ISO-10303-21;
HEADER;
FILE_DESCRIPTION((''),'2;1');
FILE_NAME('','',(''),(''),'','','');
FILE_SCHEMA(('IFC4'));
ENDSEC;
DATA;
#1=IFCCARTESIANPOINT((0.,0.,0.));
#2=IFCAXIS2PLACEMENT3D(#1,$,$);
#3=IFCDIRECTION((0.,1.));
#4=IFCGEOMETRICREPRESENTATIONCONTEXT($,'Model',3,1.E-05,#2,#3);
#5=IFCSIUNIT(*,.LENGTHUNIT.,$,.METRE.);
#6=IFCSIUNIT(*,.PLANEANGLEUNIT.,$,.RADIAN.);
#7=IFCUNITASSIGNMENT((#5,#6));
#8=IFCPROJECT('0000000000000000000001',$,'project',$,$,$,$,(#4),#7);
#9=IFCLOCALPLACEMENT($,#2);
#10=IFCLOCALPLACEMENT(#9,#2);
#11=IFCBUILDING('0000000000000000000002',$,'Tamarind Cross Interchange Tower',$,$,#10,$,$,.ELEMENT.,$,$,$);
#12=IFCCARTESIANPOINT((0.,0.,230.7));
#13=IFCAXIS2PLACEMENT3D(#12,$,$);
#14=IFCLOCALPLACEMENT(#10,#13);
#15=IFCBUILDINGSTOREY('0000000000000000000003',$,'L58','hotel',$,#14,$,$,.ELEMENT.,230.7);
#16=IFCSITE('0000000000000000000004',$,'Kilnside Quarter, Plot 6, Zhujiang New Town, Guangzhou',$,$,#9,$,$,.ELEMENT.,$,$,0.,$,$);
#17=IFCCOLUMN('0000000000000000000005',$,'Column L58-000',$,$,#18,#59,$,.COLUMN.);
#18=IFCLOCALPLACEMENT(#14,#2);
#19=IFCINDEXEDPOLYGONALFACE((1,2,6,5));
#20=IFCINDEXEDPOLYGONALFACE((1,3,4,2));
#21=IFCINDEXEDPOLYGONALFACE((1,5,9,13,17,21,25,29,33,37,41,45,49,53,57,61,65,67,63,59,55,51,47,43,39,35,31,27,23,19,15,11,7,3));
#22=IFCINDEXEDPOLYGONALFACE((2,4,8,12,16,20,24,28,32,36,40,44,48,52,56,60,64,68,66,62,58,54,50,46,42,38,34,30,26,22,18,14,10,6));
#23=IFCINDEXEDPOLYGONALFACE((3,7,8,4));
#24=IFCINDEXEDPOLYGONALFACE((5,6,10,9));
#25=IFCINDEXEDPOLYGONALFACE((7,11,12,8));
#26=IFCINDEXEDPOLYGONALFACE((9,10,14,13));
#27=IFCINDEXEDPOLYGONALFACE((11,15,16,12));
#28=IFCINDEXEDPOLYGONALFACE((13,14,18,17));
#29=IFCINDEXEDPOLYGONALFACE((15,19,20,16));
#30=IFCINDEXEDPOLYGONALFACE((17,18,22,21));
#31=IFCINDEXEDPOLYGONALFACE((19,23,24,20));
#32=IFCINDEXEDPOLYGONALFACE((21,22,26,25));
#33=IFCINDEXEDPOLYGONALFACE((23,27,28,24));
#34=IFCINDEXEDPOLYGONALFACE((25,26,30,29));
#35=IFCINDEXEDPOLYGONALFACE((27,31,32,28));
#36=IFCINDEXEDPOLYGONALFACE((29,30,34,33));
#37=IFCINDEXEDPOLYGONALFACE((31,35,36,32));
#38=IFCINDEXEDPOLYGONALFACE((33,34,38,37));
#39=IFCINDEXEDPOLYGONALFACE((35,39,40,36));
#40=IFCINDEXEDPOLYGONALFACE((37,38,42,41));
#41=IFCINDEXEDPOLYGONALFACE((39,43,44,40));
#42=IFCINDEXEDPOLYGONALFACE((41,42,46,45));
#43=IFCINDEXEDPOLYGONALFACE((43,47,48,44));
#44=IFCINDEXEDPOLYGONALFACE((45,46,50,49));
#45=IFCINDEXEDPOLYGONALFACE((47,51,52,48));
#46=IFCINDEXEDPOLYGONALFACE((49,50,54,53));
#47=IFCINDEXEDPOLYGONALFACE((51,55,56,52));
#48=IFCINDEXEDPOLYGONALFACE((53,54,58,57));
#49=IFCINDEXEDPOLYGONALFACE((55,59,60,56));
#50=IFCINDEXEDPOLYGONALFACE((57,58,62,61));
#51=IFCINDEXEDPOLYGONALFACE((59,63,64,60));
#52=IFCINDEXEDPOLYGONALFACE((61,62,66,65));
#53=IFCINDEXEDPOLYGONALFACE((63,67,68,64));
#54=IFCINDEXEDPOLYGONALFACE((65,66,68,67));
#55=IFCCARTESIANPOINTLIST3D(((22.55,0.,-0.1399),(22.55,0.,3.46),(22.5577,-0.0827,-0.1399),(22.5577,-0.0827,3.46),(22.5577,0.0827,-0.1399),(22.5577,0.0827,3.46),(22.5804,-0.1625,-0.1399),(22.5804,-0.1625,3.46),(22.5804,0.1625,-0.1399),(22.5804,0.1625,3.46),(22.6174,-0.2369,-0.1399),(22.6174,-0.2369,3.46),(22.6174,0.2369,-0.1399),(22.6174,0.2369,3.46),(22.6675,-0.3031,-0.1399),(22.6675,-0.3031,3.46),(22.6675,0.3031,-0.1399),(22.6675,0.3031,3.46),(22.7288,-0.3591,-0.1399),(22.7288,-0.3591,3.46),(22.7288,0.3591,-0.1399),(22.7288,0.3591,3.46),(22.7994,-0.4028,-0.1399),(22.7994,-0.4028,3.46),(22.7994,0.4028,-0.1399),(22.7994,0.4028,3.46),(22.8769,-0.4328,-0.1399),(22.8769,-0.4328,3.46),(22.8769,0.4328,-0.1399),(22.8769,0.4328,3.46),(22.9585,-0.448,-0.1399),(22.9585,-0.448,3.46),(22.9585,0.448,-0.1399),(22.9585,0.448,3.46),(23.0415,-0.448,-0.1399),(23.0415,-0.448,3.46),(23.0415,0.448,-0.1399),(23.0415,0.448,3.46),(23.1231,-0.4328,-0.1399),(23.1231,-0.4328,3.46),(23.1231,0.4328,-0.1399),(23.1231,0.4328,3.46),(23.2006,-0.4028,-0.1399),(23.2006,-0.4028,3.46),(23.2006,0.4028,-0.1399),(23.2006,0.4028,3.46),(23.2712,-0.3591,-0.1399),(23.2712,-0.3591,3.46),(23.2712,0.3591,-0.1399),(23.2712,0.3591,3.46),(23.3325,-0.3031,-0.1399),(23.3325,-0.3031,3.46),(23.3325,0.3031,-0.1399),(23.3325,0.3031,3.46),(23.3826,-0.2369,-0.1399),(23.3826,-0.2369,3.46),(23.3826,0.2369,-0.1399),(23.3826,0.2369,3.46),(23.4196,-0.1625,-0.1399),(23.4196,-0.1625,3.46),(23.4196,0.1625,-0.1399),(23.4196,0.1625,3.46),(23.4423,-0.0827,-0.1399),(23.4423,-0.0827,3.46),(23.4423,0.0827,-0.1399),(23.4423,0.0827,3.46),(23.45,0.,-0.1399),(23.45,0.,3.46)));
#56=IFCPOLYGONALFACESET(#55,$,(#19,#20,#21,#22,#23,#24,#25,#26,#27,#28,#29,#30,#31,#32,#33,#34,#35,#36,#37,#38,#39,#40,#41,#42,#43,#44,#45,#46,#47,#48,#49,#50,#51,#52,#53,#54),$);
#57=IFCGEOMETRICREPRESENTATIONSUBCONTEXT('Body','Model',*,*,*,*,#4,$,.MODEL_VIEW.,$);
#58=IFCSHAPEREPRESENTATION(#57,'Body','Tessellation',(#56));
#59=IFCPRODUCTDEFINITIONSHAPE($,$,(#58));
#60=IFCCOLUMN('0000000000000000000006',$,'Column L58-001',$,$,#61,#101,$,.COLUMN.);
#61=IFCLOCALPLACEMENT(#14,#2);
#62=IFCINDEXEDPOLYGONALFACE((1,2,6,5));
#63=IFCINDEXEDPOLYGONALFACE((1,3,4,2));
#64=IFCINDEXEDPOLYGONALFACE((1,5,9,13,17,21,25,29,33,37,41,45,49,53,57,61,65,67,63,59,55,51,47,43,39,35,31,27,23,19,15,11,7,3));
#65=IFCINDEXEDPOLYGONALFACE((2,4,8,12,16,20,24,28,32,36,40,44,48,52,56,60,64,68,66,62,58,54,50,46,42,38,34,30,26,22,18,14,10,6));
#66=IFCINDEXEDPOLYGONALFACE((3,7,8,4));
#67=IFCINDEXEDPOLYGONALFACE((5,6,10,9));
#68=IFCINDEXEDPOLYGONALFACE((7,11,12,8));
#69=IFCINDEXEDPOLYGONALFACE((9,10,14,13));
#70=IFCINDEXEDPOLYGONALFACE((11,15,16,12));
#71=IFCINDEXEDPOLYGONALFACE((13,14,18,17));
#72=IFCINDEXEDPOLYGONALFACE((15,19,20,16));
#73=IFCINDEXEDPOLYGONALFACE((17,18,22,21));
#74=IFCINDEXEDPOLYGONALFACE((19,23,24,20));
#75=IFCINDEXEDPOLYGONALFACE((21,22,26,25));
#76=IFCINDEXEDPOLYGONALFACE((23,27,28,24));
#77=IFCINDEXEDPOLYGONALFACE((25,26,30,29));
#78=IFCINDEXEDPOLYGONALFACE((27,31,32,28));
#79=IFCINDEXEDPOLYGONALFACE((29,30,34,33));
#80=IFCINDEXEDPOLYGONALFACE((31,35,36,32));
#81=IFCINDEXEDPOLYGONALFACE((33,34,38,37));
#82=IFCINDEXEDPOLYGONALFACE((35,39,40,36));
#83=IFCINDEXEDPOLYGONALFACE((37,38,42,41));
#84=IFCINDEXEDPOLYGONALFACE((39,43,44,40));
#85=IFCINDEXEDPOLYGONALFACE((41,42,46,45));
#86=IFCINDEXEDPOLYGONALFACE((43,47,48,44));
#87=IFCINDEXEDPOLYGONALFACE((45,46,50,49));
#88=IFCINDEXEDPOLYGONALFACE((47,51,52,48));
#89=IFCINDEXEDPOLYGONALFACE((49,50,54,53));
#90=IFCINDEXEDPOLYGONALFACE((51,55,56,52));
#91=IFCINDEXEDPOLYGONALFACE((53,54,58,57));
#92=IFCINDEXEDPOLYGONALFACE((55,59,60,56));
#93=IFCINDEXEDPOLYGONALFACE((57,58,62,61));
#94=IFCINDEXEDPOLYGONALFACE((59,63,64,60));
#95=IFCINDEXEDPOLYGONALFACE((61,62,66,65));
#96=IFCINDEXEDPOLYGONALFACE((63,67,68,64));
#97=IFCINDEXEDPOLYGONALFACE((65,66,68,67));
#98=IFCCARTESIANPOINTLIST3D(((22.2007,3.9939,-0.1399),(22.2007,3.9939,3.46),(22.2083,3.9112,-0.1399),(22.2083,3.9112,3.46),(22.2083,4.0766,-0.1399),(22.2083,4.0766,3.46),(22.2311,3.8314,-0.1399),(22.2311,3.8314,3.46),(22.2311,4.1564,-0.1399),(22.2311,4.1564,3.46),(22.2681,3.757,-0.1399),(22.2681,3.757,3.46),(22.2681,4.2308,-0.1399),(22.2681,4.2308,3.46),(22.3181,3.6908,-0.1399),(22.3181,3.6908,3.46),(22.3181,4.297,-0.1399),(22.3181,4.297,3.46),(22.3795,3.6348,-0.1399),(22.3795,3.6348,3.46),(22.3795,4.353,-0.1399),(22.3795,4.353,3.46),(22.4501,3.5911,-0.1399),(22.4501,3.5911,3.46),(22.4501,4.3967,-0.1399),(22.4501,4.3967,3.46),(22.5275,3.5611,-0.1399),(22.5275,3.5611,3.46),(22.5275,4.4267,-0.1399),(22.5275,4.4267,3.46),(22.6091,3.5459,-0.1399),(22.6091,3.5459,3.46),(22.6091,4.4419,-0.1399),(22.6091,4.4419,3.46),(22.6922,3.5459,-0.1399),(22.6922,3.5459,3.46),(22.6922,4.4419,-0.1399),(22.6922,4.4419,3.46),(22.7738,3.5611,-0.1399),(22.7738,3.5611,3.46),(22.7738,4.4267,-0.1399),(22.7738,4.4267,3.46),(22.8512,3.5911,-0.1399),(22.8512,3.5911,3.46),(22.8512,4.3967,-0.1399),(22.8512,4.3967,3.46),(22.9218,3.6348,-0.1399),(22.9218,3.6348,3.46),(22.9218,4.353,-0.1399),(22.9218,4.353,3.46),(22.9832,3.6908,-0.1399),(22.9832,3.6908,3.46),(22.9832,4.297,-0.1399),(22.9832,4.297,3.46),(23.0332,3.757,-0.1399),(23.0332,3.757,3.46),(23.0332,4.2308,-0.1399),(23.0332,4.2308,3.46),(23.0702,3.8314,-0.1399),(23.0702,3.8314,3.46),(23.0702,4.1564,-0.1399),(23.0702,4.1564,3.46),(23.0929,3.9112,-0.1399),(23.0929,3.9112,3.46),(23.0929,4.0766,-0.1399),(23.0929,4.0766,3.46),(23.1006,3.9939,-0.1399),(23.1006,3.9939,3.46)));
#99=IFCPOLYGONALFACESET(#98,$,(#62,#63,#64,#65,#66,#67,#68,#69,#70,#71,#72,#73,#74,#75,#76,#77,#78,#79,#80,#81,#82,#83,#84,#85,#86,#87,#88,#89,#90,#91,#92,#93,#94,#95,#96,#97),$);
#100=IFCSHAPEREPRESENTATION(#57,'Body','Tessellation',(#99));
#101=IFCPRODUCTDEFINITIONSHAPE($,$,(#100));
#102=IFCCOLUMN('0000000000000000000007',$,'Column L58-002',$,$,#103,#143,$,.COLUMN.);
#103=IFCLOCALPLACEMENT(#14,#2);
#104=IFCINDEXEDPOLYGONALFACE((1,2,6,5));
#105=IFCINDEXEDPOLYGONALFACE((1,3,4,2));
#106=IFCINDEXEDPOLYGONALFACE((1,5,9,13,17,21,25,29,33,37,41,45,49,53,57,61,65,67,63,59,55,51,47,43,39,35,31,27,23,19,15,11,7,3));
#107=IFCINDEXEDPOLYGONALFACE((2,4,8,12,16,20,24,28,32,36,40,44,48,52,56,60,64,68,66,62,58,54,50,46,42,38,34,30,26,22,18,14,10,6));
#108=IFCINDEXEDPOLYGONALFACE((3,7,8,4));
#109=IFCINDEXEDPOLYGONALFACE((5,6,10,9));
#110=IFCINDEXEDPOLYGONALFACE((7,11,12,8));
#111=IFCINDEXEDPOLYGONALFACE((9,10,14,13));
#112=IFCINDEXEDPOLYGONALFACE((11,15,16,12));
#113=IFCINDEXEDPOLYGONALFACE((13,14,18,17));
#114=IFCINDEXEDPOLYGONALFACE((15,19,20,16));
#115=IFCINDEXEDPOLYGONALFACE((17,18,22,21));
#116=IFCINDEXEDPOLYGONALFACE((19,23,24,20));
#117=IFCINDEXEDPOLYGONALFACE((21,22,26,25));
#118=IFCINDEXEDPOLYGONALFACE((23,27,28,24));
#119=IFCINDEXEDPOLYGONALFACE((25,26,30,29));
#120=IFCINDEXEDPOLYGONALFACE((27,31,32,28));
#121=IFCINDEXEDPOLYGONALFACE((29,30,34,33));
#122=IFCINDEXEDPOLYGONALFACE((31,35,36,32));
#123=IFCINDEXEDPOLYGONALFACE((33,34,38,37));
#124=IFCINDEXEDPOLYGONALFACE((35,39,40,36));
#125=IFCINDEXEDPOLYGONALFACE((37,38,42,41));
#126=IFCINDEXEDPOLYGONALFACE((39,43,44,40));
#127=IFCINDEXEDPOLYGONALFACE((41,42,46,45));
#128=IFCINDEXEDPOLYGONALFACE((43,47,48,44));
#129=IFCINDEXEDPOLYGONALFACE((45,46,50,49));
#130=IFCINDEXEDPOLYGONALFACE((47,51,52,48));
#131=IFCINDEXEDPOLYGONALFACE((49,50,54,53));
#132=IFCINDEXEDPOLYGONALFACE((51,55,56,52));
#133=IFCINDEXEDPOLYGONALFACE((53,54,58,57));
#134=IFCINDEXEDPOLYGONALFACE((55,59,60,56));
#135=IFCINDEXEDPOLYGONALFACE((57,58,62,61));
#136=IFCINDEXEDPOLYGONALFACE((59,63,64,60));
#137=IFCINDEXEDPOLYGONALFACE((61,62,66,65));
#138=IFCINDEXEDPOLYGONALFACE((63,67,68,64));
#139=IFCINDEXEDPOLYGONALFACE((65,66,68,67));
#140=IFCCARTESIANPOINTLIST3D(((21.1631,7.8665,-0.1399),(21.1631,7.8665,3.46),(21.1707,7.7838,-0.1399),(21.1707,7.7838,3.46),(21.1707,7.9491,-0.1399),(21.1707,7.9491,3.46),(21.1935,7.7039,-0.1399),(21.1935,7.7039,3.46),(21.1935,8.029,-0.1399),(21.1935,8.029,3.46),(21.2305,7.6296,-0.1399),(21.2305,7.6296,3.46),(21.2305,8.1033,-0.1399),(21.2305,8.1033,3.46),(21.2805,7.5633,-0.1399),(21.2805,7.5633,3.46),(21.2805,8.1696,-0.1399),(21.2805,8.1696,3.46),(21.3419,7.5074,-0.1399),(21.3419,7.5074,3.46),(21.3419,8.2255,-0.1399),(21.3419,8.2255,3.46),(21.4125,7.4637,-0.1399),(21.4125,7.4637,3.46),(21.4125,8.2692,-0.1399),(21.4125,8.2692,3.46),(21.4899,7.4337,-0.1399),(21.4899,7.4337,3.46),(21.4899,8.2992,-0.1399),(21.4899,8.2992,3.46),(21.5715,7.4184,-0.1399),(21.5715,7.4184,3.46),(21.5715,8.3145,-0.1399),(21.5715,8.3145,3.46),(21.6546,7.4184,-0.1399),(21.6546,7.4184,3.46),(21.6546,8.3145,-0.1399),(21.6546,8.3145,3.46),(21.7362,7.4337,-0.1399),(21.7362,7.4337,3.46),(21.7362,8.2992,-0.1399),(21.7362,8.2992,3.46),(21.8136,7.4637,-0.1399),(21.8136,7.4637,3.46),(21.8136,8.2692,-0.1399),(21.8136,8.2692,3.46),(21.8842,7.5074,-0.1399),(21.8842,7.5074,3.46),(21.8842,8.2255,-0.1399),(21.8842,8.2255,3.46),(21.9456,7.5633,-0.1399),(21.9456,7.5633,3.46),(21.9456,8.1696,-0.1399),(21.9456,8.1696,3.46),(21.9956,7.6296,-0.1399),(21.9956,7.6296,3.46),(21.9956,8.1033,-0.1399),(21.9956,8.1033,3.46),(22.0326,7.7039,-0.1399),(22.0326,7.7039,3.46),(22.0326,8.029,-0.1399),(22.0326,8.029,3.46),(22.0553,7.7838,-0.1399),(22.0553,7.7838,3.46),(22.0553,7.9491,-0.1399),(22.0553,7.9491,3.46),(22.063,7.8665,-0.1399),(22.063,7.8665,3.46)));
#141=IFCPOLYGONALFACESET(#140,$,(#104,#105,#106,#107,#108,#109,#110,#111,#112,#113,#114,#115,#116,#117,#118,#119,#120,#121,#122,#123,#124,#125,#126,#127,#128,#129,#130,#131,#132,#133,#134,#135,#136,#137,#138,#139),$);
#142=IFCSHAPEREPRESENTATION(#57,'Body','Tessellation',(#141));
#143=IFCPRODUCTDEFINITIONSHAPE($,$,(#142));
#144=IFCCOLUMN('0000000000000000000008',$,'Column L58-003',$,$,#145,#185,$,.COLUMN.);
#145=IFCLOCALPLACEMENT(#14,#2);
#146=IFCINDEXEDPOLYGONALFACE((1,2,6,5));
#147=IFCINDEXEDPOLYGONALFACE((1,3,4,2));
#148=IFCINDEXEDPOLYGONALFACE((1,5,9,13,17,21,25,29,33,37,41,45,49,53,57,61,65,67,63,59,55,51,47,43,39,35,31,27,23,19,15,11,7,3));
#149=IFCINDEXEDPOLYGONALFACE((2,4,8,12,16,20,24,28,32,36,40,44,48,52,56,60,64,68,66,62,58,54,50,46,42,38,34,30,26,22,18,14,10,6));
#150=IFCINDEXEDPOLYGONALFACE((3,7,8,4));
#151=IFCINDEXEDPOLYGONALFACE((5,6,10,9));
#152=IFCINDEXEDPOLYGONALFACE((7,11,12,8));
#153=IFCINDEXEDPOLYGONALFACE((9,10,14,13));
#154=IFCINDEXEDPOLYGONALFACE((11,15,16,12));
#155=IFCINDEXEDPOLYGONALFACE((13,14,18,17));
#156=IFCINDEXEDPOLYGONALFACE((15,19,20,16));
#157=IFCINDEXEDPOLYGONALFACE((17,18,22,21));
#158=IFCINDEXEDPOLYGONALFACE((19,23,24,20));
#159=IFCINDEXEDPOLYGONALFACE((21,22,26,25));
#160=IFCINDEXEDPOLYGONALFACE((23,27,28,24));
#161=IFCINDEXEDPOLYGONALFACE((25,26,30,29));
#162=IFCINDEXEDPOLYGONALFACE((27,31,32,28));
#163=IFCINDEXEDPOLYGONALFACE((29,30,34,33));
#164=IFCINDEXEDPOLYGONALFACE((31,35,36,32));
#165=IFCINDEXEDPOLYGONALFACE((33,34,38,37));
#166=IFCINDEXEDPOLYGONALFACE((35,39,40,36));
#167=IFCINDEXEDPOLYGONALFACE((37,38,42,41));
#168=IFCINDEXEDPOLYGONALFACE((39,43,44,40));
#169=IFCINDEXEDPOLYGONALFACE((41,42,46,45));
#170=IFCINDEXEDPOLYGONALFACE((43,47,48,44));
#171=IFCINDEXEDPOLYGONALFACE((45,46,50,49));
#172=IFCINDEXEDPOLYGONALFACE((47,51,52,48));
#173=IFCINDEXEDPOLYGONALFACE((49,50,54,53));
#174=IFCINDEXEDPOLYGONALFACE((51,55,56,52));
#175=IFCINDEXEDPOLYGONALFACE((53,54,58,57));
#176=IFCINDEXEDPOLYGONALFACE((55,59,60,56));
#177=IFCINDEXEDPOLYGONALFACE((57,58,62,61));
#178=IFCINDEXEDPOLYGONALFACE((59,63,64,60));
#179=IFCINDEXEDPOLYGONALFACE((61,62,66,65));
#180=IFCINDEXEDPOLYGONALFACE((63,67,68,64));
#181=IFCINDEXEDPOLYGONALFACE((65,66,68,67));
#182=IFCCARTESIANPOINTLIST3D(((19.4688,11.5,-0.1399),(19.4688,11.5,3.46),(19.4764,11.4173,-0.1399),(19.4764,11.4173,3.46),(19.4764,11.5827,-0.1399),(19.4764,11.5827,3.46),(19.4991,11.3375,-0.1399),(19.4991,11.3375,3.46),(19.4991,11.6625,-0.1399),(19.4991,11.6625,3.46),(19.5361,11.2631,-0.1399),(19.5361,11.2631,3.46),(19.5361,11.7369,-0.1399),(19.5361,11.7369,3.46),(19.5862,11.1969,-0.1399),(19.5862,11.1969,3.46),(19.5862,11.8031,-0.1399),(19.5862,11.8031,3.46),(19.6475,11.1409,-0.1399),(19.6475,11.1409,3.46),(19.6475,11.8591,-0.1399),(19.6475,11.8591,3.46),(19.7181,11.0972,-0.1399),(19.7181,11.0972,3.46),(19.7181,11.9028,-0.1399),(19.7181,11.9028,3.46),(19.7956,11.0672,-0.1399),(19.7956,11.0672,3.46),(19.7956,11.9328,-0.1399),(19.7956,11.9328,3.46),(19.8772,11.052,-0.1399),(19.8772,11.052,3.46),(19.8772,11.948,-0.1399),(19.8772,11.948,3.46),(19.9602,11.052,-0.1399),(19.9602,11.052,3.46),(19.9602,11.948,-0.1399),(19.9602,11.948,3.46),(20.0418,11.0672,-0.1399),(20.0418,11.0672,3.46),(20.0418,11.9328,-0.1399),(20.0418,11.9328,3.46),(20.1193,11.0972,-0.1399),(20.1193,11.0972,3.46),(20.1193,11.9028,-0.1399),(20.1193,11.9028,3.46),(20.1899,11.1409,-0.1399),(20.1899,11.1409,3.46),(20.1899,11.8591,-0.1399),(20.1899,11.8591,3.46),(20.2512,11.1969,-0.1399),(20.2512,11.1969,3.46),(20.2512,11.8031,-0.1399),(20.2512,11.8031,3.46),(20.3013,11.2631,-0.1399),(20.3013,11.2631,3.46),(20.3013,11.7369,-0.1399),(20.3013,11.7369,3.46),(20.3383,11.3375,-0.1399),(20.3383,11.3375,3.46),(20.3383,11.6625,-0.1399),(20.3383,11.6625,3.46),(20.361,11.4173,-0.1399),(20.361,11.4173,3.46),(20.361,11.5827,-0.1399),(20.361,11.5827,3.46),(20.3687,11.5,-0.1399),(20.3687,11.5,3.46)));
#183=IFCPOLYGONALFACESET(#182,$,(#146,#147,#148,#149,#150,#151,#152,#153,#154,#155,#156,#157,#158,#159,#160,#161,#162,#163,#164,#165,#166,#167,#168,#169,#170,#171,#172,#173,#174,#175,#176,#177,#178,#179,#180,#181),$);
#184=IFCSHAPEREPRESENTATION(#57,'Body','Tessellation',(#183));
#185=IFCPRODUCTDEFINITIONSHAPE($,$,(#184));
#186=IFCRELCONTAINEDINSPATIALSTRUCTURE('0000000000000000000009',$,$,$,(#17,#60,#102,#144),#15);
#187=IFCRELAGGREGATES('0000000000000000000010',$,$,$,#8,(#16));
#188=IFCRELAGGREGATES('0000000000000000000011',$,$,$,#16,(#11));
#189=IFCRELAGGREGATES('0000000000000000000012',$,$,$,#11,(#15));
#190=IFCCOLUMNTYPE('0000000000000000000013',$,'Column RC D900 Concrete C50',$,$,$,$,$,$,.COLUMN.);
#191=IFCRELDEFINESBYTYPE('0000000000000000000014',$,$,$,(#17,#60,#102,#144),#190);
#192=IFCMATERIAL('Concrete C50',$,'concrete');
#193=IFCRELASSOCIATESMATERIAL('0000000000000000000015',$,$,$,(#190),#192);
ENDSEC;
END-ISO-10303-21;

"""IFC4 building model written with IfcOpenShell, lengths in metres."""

from ifc_helpers import new_model, si_unit, direction, frame, origin, origin_2d, place, context, subcontext, project, spatial, circle, extrude, material, material_profile, profile_set, type_object, element, save


model = new_model("IFC4")

# Units and contexts
model_context = context("Model", 3, precision=1e-05, world=origin(), true_north=direction((0.0, 1.0)))
body_context = subcontext(model_context, "Body", "Model", "MODEL_VIEW")
ifc_project = project(units=[si_unit("LENGTHUNIT", "METRE"), si_unit("PLANEANGLEUNIT", "RADIAN")], contexts=[model_context])

# Site, building, storey
site_placement = place(None, origin())
site = spatial("IfcSite", under=ifc_project, at=site_placement, Name="Kilnside Quarter, Plot 6, Zhujiang New Town, Guangzhou", CompositionType="ELEMENT", RefElevation=0.0)
building_placement = place(site_placement, origin())
building = spatial("IfcBuilding", under=site, at=building_placement, Name="Tamarind Cross Interchange Tower", CompositionType="ELEMENT")
storey_placement = place(building_placement, frame((0.0, 0.0, 230.7)))
storey = spatial("IfcBuildingStorey", under=building, at=storey_placement, Name="L58", Description="hotel", CompositionType="ELEMENT", Elevation=230.7)

# Columns
ifc_material_1 = material(Name="Concrete C50", Category="concrete")
ifc_material_profile_1 = material_profile(ifc_material_1, circle(Radius=0.45, at=origin_2d()), Name="RC D900")
ifc_profile_set_1 = profile_set([ifc_material_profile_1], Name="Concrete C50")
column_type = type_object("IfcColumnType", Name="Column RC D900 Concrete C50", PredefinedType="COLUMN", material=ifc_profile_set_1)
for number, where, z_axis, x_axis, name in (
    (1, (23.0, 0.0, -0.1399), (0.0, 0.0, 1.0), (1.0, 0.0, 0.0), "Column L58-000"),
    (2, (22.6506, 3.9939, -0.1399), (0.0, 0.0, 1.0), (1.0, 0.0, 0.0), "Column L58-001"),
    (3, (21.613, 7.8665, -0.1399), (0.0, 0.0, 1.0), (1.0, 0.0, 0.0), "Column L58-002"),
    (4, (19.9187, 11.5, -0.1399), (0.0, 0.0, 1.0), (1.0, 0.0, 0.0), "Column L58-003"),
):
    element("IfcColumn", number, at=place(storey_placement, frame(where, z_axis=z_axis, x_axis=x_axis)), inside=storey, type_object=column_type, Name=name, PredefinedType="COLUMN", context=body_context, shape_type="SweptSolid", body=[
        extrude(circle(Radius=0.45, at=origin_2d()), origin(), (0.0, 0.0, 1.0), 3.5999),
    ])

save(model, "model.ifc")
